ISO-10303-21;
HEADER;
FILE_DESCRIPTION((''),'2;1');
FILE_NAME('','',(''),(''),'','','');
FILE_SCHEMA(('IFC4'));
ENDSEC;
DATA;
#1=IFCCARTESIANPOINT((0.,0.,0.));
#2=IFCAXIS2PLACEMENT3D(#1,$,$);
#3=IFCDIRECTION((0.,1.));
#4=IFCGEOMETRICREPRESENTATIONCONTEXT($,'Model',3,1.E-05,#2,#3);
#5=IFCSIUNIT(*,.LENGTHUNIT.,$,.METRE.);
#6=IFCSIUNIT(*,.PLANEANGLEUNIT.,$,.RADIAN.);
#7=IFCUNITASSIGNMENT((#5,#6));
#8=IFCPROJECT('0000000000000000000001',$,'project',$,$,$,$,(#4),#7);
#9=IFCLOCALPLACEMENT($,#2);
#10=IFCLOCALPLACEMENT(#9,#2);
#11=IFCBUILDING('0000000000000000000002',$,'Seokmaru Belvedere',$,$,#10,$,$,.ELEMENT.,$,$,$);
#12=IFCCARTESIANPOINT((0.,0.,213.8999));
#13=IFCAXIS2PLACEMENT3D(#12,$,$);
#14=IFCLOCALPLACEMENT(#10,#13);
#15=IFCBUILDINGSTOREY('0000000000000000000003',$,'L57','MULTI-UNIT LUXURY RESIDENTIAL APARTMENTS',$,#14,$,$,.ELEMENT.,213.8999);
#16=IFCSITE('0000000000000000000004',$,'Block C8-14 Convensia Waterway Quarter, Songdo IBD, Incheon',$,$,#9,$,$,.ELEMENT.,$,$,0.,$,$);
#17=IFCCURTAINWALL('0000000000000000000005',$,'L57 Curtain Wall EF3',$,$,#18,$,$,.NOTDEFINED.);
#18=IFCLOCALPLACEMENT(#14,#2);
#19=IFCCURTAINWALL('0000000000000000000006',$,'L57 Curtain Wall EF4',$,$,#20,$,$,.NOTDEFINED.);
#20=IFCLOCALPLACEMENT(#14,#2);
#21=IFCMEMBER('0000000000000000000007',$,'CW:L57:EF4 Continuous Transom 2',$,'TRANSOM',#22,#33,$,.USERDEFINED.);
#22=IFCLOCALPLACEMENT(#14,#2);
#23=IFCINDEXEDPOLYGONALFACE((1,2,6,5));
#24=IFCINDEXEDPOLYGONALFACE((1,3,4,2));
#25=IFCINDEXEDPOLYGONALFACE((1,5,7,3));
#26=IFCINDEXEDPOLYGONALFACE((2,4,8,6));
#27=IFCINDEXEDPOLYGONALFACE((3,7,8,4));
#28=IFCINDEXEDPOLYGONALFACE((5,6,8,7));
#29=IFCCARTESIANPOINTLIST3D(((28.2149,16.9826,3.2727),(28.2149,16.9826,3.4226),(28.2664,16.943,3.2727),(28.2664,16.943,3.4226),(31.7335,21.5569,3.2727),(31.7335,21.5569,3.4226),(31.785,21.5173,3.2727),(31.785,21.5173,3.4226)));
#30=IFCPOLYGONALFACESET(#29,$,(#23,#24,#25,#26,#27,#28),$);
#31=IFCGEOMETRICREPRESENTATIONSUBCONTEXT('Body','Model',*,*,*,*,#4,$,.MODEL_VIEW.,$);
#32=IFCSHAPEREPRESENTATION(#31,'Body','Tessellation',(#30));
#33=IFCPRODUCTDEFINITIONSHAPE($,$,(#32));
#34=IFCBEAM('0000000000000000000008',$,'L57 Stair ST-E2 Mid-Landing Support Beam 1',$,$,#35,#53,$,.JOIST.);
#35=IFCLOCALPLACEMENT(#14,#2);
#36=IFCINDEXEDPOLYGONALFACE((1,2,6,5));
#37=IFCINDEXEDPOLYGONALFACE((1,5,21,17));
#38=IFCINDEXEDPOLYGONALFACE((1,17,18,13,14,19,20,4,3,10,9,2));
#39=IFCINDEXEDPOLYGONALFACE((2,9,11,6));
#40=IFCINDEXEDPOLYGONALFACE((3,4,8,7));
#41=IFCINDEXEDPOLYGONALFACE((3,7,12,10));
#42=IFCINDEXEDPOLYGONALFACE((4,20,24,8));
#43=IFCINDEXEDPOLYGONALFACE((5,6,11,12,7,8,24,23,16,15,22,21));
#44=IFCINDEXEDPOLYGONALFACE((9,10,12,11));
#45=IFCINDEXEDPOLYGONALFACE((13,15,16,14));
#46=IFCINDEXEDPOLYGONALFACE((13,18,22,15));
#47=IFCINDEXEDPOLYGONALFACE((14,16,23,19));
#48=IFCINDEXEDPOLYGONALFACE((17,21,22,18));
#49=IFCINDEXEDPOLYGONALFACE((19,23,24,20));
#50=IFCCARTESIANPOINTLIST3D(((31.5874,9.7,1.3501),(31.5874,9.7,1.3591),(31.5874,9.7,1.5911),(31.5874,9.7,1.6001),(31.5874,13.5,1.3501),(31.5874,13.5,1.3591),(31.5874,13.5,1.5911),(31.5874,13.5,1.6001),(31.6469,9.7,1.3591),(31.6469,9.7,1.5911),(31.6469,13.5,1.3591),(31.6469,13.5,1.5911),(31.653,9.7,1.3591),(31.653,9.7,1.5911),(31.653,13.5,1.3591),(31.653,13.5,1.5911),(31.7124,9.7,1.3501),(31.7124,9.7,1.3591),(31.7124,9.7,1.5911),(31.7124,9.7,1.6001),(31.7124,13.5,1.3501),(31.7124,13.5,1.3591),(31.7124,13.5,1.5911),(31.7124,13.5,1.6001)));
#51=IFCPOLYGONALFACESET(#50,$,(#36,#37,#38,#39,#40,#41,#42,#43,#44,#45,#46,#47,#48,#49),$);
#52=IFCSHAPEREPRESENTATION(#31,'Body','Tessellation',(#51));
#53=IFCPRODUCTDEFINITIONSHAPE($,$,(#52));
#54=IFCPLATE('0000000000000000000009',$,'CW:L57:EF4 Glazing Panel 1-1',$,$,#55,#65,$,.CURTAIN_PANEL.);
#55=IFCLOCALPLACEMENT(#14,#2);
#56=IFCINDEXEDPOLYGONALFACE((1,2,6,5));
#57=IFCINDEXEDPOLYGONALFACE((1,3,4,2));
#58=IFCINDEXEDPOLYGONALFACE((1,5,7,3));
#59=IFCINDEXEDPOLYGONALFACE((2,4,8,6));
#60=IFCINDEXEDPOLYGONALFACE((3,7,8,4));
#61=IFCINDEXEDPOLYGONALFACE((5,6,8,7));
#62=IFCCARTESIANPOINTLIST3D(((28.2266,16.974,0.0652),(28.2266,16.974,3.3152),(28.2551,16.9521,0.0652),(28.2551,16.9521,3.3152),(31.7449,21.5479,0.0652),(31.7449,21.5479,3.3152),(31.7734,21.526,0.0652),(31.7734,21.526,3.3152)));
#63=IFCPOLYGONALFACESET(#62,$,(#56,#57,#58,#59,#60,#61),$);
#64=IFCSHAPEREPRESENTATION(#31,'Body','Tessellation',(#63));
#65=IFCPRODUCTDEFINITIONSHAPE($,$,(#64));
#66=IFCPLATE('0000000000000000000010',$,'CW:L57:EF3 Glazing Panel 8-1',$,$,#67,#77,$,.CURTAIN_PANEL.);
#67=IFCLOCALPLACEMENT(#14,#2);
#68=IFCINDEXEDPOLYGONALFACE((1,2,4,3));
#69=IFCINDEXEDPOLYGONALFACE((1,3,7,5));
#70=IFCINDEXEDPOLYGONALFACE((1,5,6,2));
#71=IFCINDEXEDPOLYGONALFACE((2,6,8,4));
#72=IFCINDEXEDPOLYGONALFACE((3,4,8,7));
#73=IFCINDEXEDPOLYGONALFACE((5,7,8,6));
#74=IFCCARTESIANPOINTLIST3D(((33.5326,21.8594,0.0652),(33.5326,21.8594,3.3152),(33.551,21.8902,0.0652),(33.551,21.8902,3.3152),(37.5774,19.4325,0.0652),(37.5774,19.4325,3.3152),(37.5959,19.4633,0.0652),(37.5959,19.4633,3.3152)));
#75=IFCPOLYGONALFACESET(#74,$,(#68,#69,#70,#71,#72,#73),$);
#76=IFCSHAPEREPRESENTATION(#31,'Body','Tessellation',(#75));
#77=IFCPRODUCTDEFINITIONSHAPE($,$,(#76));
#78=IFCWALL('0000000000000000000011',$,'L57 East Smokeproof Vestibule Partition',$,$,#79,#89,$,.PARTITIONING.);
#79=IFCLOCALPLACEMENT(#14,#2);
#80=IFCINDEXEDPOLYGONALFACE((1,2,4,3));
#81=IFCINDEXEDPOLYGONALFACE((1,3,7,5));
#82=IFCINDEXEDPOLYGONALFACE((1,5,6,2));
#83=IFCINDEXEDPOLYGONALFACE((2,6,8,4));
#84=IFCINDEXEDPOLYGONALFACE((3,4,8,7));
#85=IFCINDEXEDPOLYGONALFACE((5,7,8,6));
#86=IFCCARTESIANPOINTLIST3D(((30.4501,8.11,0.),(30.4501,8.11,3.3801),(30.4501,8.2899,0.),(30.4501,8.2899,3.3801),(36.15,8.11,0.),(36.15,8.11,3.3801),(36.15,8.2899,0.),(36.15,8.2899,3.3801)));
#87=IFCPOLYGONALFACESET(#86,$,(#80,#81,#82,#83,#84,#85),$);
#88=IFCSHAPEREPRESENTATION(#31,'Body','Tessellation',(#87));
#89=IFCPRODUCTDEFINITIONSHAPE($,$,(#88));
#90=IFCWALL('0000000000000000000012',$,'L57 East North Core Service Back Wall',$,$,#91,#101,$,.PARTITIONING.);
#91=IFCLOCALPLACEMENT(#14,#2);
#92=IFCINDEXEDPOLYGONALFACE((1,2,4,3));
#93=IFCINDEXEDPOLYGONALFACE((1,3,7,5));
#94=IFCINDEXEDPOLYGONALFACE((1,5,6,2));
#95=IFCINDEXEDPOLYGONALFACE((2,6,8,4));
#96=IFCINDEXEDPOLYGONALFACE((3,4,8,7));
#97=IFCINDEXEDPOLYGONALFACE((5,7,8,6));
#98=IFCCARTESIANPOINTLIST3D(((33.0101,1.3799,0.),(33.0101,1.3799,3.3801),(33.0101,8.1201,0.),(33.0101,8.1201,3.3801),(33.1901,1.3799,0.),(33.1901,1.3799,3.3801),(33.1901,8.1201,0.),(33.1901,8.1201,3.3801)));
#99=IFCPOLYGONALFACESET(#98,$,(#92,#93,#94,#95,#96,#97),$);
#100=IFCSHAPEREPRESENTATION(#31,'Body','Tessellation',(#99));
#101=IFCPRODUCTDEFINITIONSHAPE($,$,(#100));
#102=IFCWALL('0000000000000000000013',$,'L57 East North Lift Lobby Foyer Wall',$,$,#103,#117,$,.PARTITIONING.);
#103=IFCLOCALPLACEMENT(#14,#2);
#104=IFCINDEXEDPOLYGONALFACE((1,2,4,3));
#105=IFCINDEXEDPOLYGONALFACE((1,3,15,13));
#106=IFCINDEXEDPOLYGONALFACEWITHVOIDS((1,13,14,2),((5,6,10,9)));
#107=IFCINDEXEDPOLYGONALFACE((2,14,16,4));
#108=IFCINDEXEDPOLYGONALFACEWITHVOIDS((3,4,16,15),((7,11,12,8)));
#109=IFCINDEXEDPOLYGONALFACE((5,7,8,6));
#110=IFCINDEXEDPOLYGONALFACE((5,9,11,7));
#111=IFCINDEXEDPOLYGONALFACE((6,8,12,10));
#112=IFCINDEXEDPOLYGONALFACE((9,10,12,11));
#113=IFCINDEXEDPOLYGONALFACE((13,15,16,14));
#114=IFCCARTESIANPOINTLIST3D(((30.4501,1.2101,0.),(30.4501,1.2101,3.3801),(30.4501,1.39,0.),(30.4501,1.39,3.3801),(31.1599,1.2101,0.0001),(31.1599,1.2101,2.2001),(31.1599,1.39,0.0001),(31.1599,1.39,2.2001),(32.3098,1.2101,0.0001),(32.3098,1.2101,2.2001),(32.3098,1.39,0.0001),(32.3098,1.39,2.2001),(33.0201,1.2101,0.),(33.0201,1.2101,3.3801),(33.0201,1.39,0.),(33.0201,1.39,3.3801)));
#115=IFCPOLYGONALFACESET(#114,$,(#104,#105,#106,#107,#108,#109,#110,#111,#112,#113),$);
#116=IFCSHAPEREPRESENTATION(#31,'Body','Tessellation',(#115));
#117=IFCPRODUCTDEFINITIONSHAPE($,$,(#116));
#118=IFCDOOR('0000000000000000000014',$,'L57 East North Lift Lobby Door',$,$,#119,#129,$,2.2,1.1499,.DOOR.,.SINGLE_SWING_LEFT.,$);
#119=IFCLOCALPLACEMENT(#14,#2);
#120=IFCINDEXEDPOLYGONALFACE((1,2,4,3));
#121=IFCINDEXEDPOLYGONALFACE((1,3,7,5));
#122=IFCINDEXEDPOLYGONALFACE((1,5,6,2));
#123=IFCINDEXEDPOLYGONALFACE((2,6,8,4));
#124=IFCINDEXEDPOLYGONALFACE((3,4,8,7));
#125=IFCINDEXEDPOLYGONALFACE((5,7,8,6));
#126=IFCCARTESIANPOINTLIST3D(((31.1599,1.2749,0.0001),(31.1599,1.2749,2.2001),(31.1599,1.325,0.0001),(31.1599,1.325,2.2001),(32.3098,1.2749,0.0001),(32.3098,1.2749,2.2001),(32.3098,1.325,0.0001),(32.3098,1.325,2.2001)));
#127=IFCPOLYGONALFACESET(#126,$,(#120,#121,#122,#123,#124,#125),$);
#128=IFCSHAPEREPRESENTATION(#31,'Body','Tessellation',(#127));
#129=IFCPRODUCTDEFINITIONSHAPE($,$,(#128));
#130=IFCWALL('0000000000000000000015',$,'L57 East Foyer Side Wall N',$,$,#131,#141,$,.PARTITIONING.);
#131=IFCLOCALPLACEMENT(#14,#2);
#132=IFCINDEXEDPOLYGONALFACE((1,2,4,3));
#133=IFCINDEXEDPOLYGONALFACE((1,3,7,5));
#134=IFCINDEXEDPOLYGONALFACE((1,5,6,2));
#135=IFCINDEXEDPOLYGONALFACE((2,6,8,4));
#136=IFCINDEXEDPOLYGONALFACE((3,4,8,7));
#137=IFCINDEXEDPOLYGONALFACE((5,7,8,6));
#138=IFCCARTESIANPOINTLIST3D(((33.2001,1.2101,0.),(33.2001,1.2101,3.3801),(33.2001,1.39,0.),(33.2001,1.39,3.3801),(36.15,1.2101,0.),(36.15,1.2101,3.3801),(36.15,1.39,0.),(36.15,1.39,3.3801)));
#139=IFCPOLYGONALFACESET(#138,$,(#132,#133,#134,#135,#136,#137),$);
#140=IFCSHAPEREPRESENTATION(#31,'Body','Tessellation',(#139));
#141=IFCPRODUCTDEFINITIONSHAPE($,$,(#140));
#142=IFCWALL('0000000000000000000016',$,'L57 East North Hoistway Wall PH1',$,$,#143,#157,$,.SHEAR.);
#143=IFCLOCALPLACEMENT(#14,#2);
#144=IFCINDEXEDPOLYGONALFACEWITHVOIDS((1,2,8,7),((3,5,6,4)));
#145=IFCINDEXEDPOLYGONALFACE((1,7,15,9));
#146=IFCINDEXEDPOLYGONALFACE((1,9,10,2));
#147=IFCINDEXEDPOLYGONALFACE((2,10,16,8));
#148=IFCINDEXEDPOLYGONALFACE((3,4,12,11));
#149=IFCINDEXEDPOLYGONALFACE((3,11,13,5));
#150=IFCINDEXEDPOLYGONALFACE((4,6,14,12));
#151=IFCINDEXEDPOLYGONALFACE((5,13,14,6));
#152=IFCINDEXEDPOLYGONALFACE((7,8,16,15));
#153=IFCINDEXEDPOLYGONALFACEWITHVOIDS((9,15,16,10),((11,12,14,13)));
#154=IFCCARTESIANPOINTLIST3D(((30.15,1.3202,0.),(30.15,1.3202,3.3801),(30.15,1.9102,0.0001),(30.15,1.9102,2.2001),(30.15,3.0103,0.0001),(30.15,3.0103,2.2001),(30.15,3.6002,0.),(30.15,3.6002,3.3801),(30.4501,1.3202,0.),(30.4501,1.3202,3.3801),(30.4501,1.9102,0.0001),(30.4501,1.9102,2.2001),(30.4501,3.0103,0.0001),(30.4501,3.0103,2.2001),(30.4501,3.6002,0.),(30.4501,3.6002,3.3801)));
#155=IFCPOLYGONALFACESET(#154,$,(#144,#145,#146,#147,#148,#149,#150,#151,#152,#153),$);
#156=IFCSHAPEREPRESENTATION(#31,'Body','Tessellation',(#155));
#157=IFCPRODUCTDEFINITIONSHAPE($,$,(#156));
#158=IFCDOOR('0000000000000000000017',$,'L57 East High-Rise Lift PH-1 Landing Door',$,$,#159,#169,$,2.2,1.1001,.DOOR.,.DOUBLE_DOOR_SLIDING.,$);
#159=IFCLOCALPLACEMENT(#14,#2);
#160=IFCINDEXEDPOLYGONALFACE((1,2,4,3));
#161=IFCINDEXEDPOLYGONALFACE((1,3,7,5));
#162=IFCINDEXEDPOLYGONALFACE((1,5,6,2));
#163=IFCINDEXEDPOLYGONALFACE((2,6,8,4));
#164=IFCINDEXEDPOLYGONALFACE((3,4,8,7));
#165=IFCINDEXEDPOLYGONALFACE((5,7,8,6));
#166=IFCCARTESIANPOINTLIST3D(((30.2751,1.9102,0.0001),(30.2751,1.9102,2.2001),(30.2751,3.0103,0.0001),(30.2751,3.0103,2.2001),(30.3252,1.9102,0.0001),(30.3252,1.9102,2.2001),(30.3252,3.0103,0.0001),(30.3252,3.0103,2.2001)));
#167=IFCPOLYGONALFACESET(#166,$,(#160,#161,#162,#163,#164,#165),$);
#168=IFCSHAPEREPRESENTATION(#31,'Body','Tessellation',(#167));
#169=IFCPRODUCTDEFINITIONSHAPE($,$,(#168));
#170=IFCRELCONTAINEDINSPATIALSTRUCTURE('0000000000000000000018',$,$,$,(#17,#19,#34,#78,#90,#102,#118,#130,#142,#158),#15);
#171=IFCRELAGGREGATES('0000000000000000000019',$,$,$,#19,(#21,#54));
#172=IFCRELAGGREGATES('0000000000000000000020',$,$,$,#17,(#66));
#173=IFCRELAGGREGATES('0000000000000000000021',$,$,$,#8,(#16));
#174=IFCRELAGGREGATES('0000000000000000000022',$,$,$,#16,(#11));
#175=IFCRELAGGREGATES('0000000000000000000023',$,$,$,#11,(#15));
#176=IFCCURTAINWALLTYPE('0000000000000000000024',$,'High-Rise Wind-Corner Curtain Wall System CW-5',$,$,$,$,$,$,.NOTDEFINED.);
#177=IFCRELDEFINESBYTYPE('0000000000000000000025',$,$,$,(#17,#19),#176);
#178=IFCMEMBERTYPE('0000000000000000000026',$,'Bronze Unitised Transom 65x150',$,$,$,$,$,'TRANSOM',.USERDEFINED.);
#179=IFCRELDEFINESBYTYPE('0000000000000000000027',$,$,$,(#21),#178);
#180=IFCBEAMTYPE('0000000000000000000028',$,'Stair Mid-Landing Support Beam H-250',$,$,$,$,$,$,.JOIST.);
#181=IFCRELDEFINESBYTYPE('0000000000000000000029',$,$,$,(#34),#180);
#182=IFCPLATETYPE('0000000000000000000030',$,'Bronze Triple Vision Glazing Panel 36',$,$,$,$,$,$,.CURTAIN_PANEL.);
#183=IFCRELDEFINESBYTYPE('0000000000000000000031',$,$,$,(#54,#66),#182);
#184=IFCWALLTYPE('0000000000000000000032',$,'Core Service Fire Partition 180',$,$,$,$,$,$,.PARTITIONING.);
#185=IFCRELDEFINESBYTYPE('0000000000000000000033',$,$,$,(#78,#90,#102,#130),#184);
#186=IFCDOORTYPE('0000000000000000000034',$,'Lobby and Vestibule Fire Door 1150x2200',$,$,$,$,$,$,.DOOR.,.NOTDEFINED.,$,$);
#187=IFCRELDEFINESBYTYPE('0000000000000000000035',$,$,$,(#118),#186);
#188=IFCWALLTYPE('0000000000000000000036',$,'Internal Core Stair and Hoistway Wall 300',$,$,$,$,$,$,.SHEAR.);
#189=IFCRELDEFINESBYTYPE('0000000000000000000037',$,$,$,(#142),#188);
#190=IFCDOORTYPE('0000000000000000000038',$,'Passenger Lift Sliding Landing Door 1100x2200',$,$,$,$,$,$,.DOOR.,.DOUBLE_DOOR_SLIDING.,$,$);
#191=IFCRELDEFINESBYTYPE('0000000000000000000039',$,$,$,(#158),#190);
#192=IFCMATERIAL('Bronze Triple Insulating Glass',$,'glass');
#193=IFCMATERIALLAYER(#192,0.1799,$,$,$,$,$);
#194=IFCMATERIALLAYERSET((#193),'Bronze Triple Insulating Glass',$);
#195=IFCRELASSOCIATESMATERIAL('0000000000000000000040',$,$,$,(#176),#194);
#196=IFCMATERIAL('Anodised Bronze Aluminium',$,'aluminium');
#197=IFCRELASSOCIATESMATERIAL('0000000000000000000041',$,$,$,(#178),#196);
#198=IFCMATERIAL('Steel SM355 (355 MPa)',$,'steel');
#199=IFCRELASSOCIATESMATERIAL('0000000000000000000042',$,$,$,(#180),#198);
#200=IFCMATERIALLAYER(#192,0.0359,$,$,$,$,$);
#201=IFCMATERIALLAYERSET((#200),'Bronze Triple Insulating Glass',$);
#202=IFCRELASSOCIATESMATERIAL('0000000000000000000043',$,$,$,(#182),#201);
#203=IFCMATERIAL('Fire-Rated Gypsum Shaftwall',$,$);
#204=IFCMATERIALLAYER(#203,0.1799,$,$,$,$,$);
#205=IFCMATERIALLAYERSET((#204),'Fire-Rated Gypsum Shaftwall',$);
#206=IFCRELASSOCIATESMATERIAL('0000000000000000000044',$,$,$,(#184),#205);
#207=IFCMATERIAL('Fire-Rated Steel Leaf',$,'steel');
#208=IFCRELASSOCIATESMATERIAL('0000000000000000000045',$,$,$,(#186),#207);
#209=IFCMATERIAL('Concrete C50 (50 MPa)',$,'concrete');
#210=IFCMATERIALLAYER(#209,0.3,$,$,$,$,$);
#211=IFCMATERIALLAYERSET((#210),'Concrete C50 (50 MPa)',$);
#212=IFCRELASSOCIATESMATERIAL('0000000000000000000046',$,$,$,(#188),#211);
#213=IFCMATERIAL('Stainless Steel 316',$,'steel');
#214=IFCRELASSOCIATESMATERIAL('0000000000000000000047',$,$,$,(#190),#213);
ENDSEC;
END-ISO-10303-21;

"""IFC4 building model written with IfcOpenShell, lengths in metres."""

from ifc_helpers import new_model, si_unit, direction, frame, frame_2d, origin, origin_2d, place, context, subcontext, project, spatial, rectangle, i_section, extrude, source, transform, mapped, material, layer, layer_set, material_profile, profile_set, type_object, type_shapes, element, fill, aggregate, save


model = new_model("IFC4")

# Units and contexts
model_context = context("Model", 3, precision=1e-05, world=origin(), true_north=direction((0.0, 1.0)))
body_context = subcontext(model_context, "Body", "Model", "MODEL_VIEW")
ifc_project = project(units=[si_unit("LENGTHUNIT", "METRE"), si_unit("PLANEANGLEUNIT", "RADIAN")], contexts=[model_context])

# Site, building, storey
site_placement = place(None, origin())
site = spatial("IfcSite", under=ifc_project, at=site_placement, Name="Block C8-14 Convensia Waterway Quarter, Songdo IBD, Incheon", CompositionType="ELEMENT", RefElevation=0.0)
building_placement = place(site_placement, origin())
building = spatial("IfcBuilding", under=site, at=building_placement, Name="Seokmaru Belvedere", CompositionType="ELEMENT")
storey_placement = place(building_placement, frame((0.0, 0.0, 213.8999)))
storey = spatial("IfcBuildingStorey", under=building, at=storey_placement, Name="L57", Description="MULTI-UNIT LUXURY RESIDENTIAL APARTMENTS", CompositionType="ELEMENT", Elevation=213.8999)

# Shared definitions
ifc_material_1 = material(Name="Steel SM355 (355 MPa)", Category="steel")

# Curtain wall
ifc_material_2 = material(Name="Bronze Triple Insulating Glass", Category="glass")
ifc_layer_1 = layer(ifc_material_2, 0.1799)
ifc_layer_set_1 = layer_set([ifc_layer_1], Name="Bronze Triple Insulating Glass")
curtain_wall_type = type_object("IfcCurtainWallType", Name="High-Rise Wind-Corner Curtain Wall System CW-5", PredefinedType="NOTDEFINED", material=ifc_layer_set_1)
curtain_wall_1_placement = place(storey_placement, origin())
curtain_wall_1 = element("IfcCurtainWall", 1, at=curtain_wall_1_placement, inside=storey, type_object=curtain_wall_type, Name="L57 Curtain Wall EF3", PredefinedType="NOTDEFINED")
ifc_material_3 = material(Name="Anodised Bronze Aluminium", Category="aluminium")

# Curtain wall, member
curtain_wall_2_placement = place(storey_placement, origin())
curtain_wall_2 = element("IfcCurtainWall", 2, at=curtain_wall_2_placement, inside=storey, type_object=curtain_wall_type, Name="L57 Curtain Wall EF4", PredefinedType="NOTDEFINED")
ifc_material_profile_1 = material_profile(ifc_material_3, rectangle(XDim=0.0649, YDim=0.1499, at=origin_2d()), Name="CW-T-65x150")
ifc_profile_set_1 = profile_set([ifc_material_profile_1], Name="Anodised Bronze Aluminium")
member_type_1 = type_object("IfcMemberType", Name="Bronze Unitised Transom 65x150", ElementType="TRANSOM", PredefinedType="USERDEFINED", material=ifc_profile_set_1)
shared_shape_1 = source(origin(), body_context, "Body", "SweptSolid", [
    extrude(rectangle(XDim=0.0649, YDim=0.1499, at=origin_2d()), origin(), (0.0, 0.0, 1.0), 5.771),
])
type_shapes(member_type_1, [shared_shape_1])
member_1_placement = place(storey_placement, frame((31.7593, 21.5371, 3.3477), z_axis=(-0.609703, -0.79263, 0.0), x_axis=(0.79263, -0.609703, 0.0)))
member_1 = element("IfcMember", 3, at=member_1_placement, type_object=member_type_1, Name="CW:L57:EF4 Continuous Transom 2", ObjectType="TRANSOM", PredefinedType="USERDEFINED", context=body_context, shape_type="MappedRepresentation", body=[
    mapped(shared_shape_1, transform((0.0, 0.0, 0.0), scale=1.0)),
])

# Beam
ifc_material_profile_2 = material_profile(ifc_material_1, i_section(OverallWidth=0.125, OverallDepth=0.25, WebThickness=0.0061, FlangeThickness=0.009, at=origin_2d()), Name="H-250x125x6x9")
ifc_profile_set_2 = profile_set([ifc_material_profile_2], Name="Steel SM355 (355 MPa)")
beam_type_1 = type_object("IfcBeamType", Name="Stair Mid-Landing Support Beam H-250", PredefinedType="JOIST", material=ifc_profile_set_2)
shared_shape_2 = source(origin(), body_context, "Body", "SweptSolid", [
    extrude(i_section(OverallWidth=0.125, OverallDepth=0.25, WebThickness=0.0061, FlangeThickness=0.009, at=origin_2d()), origin(), (0.0, 0.0, 1.0), 3.8),
])
type_shapes(beam_type_1, [shared_shape_2])
beam_1_placement = place(storey_placement, frame((31.6499, 9.7, 1.4751), z_axis=(0.0, 1.0, 0.0), x_axis=(-1.0, 0.0, 0.0)))
element("IfcBeam", 4, at=beam_1_placement, inside=storey, type_object=beam_type_1, Name="L57 Stair ST-E2 Mid-Landing Support Beam 1", PredefinedType="JOIST", context=body_context, shape_type="MappedRepresentation", body=[
    mapped(shared_shape_2, transform((0.0, 0.0, 0.0), scale=1.0)),
])

# Plates
ifc_layer_2 = layer(ifc_material_2, 0.0359)
ifc_layer_set_2 = layer_set([ifc_layer_2], Name="Bronze Triple Insulating Glass")
plate_type = type_object("IfcPlateType", Name="Bronze Triple Vision Glazing Panel 36", PredefinedType="CURTAIN_PANEL", material=ifc_layer_set_2)
shared_shape_3 = source(origin(), body_context, "Body", "SweptSolid", [
    extrude(rectangle(XDim=5.7705, YDim=0.0359, at=origin_2d()), origin(), (0.0, 0.0, 1.0), 3.25),
])
plate_1_placement = place(storey_placement, frame((30.0, 19.25, 0.0652), z_axis=(0.0, 0.0, 1.0), x_axis=(-0.609701, -0.792631, 0.0)))
plate_1 = element("IfcPlate", 5, at=plate_1_placement, type_object=plate_type, Name="CW:L57:EF4 Glazing Panel 1-1", PredefinedType="CURTAIN_PANEL", context=body_context, shape_type="MappedRepresentation", body=[
    mapped(shared_shape_3, transform((0.0, 0.0, 0.0), scale=1.0)),
])
aggregate(curtain_wall_2, [member_1, plate_1])
shared_shape_4 = source(origin(), body_context, "Body", "SweptSolid", [
    extrude(rectangle(XDim=4.717, YDim=0.0359, at=origin_2d()), origin(), (0.0, 0.0, 1.0), 3.25),
])
type_shapes(plate_type, [shared_shape_3, shared_shape_4])
plate_2_placement = place(storey_placement, frame((35.5642, 20.6614, 0.0652), z_axis=(0.0, 0.0, 1.0), x_axis=(-0.857493, 0.514495, 0.0)))
plate_2 = element("IfcPlate", 6, at=plate_2_placement, type_object=plate_type, Name="CW:L57:EF3 Glazing Panel 8-1", PredefinedType="CURTAIN_PANEL", context=body_context, shape_type="MappedRepresentation", body=[
    mapped(shared_shape_4, transform((0.0, 0.0, 0.0), scale=1.0)),
])
aggregate(curtain_wall_1, [plate_2])

# Walls
ifc_material_4 = material(Name="Fire-Rated Gypsum Shaftwall")
ifc_layer_3 = layer(ifc_material_4, 0.1799)
ifc_layer_set_3 = layer_set([ifc_layer_3], Name="Fire-Rated Gypsum Shaftwall")
wall_type_1 = type_object("IfcWallType", Name="Core Service Fire Partition 180", PredefinedType="PARTITIONING", material=ifc_layer_set_3)
wall_1_placement = place(storey_placement, frame((30.45, 8.2, 0.0), z_axis=(0.0, 0.0, 1.0), x_axis=(1.0, 0.0, 0.0)))
element("IfcWall", 7, at=wall_1_placement, inside=storey, type_object=wall_type_1, Name="L57 East Smokeproof Vestibule Partition", PredefinedType="PARTITIONING", context=body_context, shape_type="SweptSolid", body=[
    extrude(rectangle(XDim=5.7, YDim=0.1799, at=frame_2d((2.8501, 0.0))), origin(), (0.0, 0.0, 1.0), 3.3801),
])
wall_2_placement = place(storey_placement, frame((33.1001, 1.3799, 0.0), z_axis=(0.0, 0.0, 1.0), x_axis=(0.0, 1.0, 0.0)))
element("IfcWall", 8, at=wall_2_placement, inside=storey, type_object=wall_type_1, Name="L57 East North Core Service Back Wall", PredefinedType="PARTITIONING", context=body_context, shape_type="SweptSolid", body=[
    extrude(rectangle(XDim=6.7402, YDim=0.1799, at=frame_2d((3.3701, 0.0))), origin(), (0.0, 0.0, 1.0), 3.3801),
])

# Wall, opening, door
wall_3_placement = place(storey_placement, frame((30.45, 1.3, 0.0), z_axis=(0.0, 0.0, 1.0), x_axis=(1.0, 0.0, 0.0)))
wall_3 = element("IfcWall", 9, at=wall_3_placement, inside=storey, type_object=wall_type_1, Name="L57 East North Lift Lobby Foyer Wall", PredefinedType="PARTITIONING", context=body_context, shape_type="SweptSolid", body=[
    extrude(rectangle(XDim=2.5701, YDim=0.1799, at=frame_2d((1.2852, 0.0))), origin(), (0.0, 0.0, 1.0), 3.3801),
])
opening_1_placement = place(wall_3_placement, frame((0.71, 0.0, 0.0)))
opening_1 = element("IfcOpeningElement", 10, at=opening_1_placement, cuts=wall_3, PredefinedType="OPENING", context=body_context, shape_type="SweptSolid", body=[
    extrude(rectangle(XDim=1.1499, YDim=2.2, at=frame_2d((0.575, 1.1001))), frame((0.0, 0.1001, 0.0), z_axis=(0.0, -1.0, 0.0), x_axis=(1.0, 0.0, 0.0)), (0.0, 0.0, 1.0), 0.2),
])
ifc_material_5 = material(Name="Fire-Rated Steel Leaf", Category="steel")
door_type_1 = type_object("IfcDoorType", Name="Lobby and Vestibule Fire Door 1150x2200", OperationType="NOTDEFINED", PredefinedType="DOOR", material=ifc_material_5)
shared_shape_5 = source(origin(), body_context, "Body", "SweptSolid", [
    extrude(rectangle(XDim=1.1499, YDim=2.2, at=frame_2d((0.575, 1.1001))), frame((0.0, 0.0249, 0.0), z_axis=(0.0, -1.0, 0.0), x_axis=(1.0, 0.0, 0.0)), (0.0, 0.0, 1.0), 0.05),
])
type_shapes(door_type_1, [shared_shape_5])
door_1_placement = place(opening_1_placement, origin())
door_1 = element("IfcDoor", 11, at=door_1_placement, inside=storey, type_object=door_type_1, Name="L57 East North Lift Lobby Door", OperationType="SINGLE_SWING_LEFT", OverallHeight=2.2, OverallWidth=1.1499, PredefinedType="DOOR", context=body_context, shape_type="MappedRepresentation", body=[
    mapped(shared_shape_5, transform((0.0, 0.0, 0.0), scale=1.0)),
])
fill(opening_1, door_1)

# Wall
wall_4_placement = place(storey_placement, frame((33.2, 1.3, 0.0), z_axis=(0.0, 0.0, 1.0), x_axis=(1.0, 0.0, 0.0)))
element("IfcWall", 12, at=wall_4_placement, inside=storey, type_object=wall_type_1, Name="L57 East Foyer Side Wall N", PredefinedType="PARTITIONING", context=body_context, shape_type="SweptSolid", body=[
    extrude(rectangle(XDim=2.95, YDim=0.1799, at=frame_2d((1.4751, 0.0))), origin(), (0.0, 0.0, 1.0), 3.3801),
])

# Wall, opening, door
ifc_material_6 = material(Name="Concrete C50 (50 MPa)", Category="concrete")
ifc_layer_4 = layer(ifc_material_6, 0.3)
ifc_layer_set_4 = layer_set([ifc_layer_4], Name="Concrete C50 (50 MPa)")
wall_type_2 = type_object("IfcWallType", Name="Internal Core Stair and Hoistway Wall 300", PredefinedType="SHEAR", material=ifc_layer_set_4)
wall_5_placement = place(storey_placement, frame((30.3, 1.3201, 0.0), z_axis=(0.0, 0.0, 1.0), x_axis=(0.0, 1.0, 0.0)))
wall_5 = element("IfcWall", 13, at=wall_5_placement, inside=storey, type_object=wall_type_2, Name="L57 East North Hoistway Wall PH1", PredefinedType="SHEAR", context=body_context, shape_type="SweptSolid", body=[
    extrude(rectangle(XDim=2.28, YDim=0.3, at=frame_2d((1.1401, 0.0))), origin(), (0.0, 0.0, 1.0), 3.3801),
])
opening_2_placement = place(wall_5_placement, frame((0.5901, 0.0, 0.0)))
opening_2 = element("IfcOpeningElement", 14, at=opening_2_placement, cuts=wall_5, PredefinedType="OPENING", context=body_context, shape_type="SweptSolid", body=[
    extrude(rectangle(XDim=1.1001, YDim=2.2, at=frame_2d((0.55, 1.1001))), frame((0.0, 0.1602, 0.0), z_axis=(0.0, -1.0, 0.0), x_axis=(1.0, 0.0, 0.0)), (0.0, 0.0, 1.0), 0.3201),
])
ifc_material_7 = material(Name="Stainless Steel 316", Category="steel")
door_type_2 = type_object("IfcDoorType", Name="Passenger Lift Sliding Landing Door 1100x2200", OperationType="DOUBLE_DOOR_SLIDING", PredefinedType="DOOR", material=ifc_material_7)
shared_shape_6 = source(origin(), body_context, "Body", "SweptSolid", [
    extrude(rectangle(XDim=1.1001, YDim=2.2, at=frame_2d((0.55, 1.1001))), frame((0.0, 0.0249, 0.0), z_axis=(0.0, -1.0, 0.0), x_axis=(1.0, 0.0, 0.0)), (0.0, 0.0, 1.0), 0.05),
])
type_shapes(door_type_2, [shared_shape_6])
door_2_placement = place(opening_2_placement, origin())
door_2 = element("IfcDoor", 15, at=door_2_placement, inside=storey, type_object=door_type_2, Name="L57 East High-Rise Lift PH-1 Landing Door", OperationType="DOUBLE_DOOR_SLIDING", OverallHeight=2.2, OverallWidth=1.1001, PredefinedType="DOOR", context=body_context, shape_type="MappedRepresentation", body=[
    mapped(shared_shape_6, transform((0.0, 0.0, 0.0), scale=1.0)),
])
fill(opening_2, door_2)

save(model, "model.ifc")
